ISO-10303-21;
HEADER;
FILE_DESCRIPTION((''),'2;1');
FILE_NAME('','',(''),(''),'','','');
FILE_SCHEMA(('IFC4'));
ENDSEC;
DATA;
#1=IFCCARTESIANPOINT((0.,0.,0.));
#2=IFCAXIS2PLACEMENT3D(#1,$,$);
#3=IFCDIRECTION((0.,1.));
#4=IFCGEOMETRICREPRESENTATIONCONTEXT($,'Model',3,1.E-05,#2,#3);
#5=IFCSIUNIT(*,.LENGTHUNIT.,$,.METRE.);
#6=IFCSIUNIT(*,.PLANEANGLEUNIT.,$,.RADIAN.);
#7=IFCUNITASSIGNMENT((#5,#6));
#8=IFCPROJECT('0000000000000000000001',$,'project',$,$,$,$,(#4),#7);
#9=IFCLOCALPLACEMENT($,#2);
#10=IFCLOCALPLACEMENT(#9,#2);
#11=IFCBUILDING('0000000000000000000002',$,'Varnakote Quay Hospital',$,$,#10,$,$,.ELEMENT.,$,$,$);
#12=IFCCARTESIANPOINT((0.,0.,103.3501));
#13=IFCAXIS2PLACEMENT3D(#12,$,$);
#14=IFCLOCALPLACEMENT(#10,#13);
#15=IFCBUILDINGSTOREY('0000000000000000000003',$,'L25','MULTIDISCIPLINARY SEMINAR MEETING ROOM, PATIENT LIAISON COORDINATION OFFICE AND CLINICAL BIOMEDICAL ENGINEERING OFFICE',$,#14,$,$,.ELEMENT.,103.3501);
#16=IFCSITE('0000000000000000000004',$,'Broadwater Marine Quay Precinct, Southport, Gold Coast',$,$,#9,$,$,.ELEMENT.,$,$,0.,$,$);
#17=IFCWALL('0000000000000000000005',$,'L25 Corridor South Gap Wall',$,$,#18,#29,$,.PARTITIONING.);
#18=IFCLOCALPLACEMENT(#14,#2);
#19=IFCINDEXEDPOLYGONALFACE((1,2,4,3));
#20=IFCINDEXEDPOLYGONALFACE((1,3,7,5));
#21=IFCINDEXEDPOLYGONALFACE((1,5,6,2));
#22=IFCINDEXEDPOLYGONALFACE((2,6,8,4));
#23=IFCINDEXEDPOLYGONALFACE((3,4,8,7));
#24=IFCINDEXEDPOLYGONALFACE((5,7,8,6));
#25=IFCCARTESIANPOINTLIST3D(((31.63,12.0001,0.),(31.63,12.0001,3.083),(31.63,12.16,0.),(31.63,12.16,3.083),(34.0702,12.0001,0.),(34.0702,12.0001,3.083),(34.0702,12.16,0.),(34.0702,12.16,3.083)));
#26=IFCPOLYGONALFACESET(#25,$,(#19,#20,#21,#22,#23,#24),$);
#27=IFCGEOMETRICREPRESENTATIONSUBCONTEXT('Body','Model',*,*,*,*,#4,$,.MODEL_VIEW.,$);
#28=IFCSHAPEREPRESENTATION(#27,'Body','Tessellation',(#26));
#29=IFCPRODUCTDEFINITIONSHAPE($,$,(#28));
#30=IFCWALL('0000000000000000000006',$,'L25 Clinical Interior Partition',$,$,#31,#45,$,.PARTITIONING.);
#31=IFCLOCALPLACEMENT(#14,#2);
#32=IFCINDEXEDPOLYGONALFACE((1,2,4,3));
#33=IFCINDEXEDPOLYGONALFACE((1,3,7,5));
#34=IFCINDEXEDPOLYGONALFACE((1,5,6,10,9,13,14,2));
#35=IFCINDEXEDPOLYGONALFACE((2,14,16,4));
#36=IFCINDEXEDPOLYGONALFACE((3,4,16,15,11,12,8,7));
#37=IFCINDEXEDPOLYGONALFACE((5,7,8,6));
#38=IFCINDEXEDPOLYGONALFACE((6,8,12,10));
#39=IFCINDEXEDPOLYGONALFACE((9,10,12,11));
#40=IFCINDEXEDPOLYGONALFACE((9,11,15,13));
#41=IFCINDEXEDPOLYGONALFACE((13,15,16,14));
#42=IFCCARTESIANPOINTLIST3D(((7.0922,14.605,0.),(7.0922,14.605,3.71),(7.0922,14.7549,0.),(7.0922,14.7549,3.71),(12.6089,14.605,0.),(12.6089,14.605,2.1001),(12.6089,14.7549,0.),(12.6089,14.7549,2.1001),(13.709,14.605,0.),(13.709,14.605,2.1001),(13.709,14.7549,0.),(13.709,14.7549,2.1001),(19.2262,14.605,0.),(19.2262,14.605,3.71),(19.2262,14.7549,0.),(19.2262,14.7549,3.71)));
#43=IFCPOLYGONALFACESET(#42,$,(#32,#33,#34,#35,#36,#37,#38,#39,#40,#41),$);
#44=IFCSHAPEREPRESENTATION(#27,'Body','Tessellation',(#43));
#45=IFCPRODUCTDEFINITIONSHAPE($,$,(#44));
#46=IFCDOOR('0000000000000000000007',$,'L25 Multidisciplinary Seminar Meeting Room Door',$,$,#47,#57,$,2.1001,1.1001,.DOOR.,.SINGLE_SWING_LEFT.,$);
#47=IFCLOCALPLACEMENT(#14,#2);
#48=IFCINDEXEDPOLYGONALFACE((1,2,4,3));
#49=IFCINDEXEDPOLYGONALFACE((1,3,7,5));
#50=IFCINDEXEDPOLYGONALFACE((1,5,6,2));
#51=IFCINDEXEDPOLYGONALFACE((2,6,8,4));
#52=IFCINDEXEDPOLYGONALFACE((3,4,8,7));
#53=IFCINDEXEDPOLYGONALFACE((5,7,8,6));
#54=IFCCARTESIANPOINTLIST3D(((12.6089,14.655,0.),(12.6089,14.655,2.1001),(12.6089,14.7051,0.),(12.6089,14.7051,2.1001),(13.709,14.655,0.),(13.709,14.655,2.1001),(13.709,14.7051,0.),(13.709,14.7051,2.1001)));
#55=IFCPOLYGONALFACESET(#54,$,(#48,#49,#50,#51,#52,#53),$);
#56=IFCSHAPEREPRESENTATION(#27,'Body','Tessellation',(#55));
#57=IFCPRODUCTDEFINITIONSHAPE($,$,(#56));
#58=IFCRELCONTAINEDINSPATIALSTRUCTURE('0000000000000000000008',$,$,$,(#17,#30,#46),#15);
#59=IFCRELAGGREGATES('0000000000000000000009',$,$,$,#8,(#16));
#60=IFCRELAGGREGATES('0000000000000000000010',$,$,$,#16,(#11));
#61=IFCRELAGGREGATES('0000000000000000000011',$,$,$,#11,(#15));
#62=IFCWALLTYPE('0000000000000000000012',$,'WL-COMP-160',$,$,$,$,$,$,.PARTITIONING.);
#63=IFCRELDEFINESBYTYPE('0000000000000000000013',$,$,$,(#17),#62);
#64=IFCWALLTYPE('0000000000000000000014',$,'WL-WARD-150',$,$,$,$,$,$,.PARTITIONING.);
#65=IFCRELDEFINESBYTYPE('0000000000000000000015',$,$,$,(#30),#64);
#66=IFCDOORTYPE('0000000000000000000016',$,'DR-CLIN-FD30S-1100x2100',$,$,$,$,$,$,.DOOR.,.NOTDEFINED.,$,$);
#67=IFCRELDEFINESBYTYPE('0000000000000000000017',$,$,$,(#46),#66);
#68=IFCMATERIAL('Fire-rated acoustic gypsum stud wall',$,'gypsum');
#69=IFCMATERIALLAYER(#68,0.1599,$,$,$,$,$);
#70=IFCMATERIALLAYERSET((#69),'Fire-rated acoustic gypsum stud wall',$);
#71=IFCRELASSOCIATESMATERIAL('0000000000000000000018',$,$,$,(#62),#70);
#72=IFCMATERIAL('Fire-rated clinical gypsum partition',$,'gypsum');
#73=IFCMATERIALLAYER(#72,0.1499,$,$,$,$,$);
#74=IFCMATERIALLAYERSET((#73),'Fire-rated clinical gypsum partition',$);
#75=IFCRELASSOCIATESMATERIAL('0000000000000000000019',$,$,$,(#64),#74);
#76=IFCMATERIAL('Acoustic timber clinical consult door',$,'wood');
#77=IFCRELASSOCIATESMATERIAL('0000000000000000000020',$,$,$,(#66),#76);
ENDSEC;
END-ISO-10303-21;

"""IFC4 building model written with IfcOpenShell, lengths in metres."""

from ifc_helpers import new_model, si_unit, direction, frame, frame_2d, origin, place, context, subcontext, project, spatial, rectangle, extrude, material, layer, layer_set, type_object, element, fill, save


model = new_model("IFC4")

# Units and contexts
model_context = context("Model", 3, precision=1e-05, world=origin(), true_north=direction((0.0, 1.0)))
body_context = subcontext(model_context, "Body", "Model", "MODEL_VIEW")
ifc_project = project(units=[si_unit("LENGTHUNIT", "METRE"), si_unit("PLANEANGLEUNIT", "RADIAN")], contexts=[model_context])

# Site, building, storey
site_placement = place(None, origin())
site = spatial("IfcSite", under=ifc_project, at=site_placement, Name="Broadwater Marine Quay Precinct, Southport, Gold Coast", CompositionType="ELEMENT", RefElevation=0.0)
building_placement = place(site_placement, origin())
building = spatial("IfcBuilding", under=site, at=building_placement, Name="Varnakote Quay Hospital", CompositionType="ELEMENT")
storey_placement = place(building_placement, frame((0.0, 0.0, 103.3501)))
storey = spatial("IfcBuildingStorey", under=building, at=storey_placement, Name="L25", Description="MULTIDISCIPLINARY SEMINAR MEETING ROOM, PATIENT LIAISON COORDINATION OFFICE AND CLINICAL BIOMEDICAL ENGINEERING OFFICE", CompositionType="ELEMENT", Elevation=103.3501)

# Shared definitions
ifc_material_1 = material(Name="Fire-rated acoustic gypsum stud wall", Category="gypsum")
ifc_layer_1 = layer(ifc_material_1, 0.1599)
ifc_layer_set_1 = layer_set([ifc_layer_1], Name="Fire-rated acoustic gypsum stud wall")
wall_type_1 = type_object("IfcWallType", Name="WL-COMP-160", PredefinedType="PARTITIONING", material=ifc_layer_set_1)

# Wall
wall_1_placement = place(storey_placement, frame((31.6299, 12.0801, 0.0), z_axis=(0.0, 0.0, 1.0), x_axis=(1.0, 0.0, 0.0)))
element("IfcWall", 1, at=wall_1_placement, inside=storey, type_object=wall_type_1, Name="L25 Corridor South Gap Wall", PredefinedType="PARTITIONING", context=body_context, shape_type="SweptSolid", body=[
    extrude(rectangle(XDim=2.4402, YDim=0.1599, at=frame_2d((1.2202, 0.0))), origin(), (0.0, 0.0, 1.0), 3.083),
])

# Wall, opening, door
ifc_material_2 = material(Name="Fire-rated clinical gypsum partition", Category="gypsum")
ifc_layer_2 = layer(ifc_material_2, 0.1499)
ifc_layer_set_2 = layer_set([ifc_layer_2], Name="Fire-rated clinical gypsum partition")
wall_type_2 = type_object("IfcWallType", Name="WL-WARD-150", PredefinedType="PARTITIONING", material=ifc_layer_set_2)
wall_2_placement = place(storey_placement, frame((19.2261, 14.6799, 0.0), z_axis=(0.0, 0.0, 1.0), x_axis=(-1.0, 0.0, 0.0)))
wall_2 = element("IfcWall", 2, at=wall_2_placement, inside=storey, type_object=wall_type_2, Name="L25 Clinical Interior Partition", PredefinedType="PARTITIONING", context=body_context, shape_type="SweptSolid", body=[
    extrude(rectangle(XDim=12.134, YDim=0.1499, at=frame_2d((6.0669, 0.0))), origin(), (0.0, 0.0, 1.0), 3.71),
])
opening_1_placement = place(wall_2_placement, frame((5.5171, 0.0, 0.0)))
opening_1 = element("IfcOpeningElement", 3, at=opening_1_placement, cuts=wall_2, PredefinedType="OPENING", context=body_context, shape_type="SweptSolid", body=[
    extrude(rectangle(XDim=1.1001, YDim=2.1001, at=frame_2d((0.55, 1.05))), frame((0.0, 0.085, 0.0), z_axis=(0.0, -1.0, 0.0), x_axis=(1.0, 0.0, 0.0)), (0.0, 0.0, 1.0), 0.1699),
])
ifc_material_3 = material(Name="Acoustic timber clinical consult door", Category="wood")
door_type_1 = type_object("IfcDoorType", Name="DR-CLIN-FD30S-1100x2100", OperationType="NOTDEFINED", PredefinedType="DOOR", material=ifc_material_3)
door_1_placement = place(opening_1_placement, origin())
door_1 = element("IfcDoor", 4, at=door_1_placement, inside=storey, type_object=door_type_1, Name="L25 Multidisciplinary Seminar Meeting Room Door", OperationType="SINGLE_SWING_LEFT", OverallHeight=2.1001, OverallWidth=1.1001, PredefinedType="DOOR", context=body_context, shape_type="SweptSolid", body=[
    extrude(rectangle(XDim=1.1001, YDim=2.1001, at=frame_2d((0.55, 1.05))), frame((0.0, 0.0249, 0.0), z_axis=(0.0, -1.0, 0.0), x_axis=(1.0, 0.0, 0.0)), (0.0, 0.0, 1.0), 0.05),
])
fill(opening_1, door_1)

save(model, "model.ifc")
